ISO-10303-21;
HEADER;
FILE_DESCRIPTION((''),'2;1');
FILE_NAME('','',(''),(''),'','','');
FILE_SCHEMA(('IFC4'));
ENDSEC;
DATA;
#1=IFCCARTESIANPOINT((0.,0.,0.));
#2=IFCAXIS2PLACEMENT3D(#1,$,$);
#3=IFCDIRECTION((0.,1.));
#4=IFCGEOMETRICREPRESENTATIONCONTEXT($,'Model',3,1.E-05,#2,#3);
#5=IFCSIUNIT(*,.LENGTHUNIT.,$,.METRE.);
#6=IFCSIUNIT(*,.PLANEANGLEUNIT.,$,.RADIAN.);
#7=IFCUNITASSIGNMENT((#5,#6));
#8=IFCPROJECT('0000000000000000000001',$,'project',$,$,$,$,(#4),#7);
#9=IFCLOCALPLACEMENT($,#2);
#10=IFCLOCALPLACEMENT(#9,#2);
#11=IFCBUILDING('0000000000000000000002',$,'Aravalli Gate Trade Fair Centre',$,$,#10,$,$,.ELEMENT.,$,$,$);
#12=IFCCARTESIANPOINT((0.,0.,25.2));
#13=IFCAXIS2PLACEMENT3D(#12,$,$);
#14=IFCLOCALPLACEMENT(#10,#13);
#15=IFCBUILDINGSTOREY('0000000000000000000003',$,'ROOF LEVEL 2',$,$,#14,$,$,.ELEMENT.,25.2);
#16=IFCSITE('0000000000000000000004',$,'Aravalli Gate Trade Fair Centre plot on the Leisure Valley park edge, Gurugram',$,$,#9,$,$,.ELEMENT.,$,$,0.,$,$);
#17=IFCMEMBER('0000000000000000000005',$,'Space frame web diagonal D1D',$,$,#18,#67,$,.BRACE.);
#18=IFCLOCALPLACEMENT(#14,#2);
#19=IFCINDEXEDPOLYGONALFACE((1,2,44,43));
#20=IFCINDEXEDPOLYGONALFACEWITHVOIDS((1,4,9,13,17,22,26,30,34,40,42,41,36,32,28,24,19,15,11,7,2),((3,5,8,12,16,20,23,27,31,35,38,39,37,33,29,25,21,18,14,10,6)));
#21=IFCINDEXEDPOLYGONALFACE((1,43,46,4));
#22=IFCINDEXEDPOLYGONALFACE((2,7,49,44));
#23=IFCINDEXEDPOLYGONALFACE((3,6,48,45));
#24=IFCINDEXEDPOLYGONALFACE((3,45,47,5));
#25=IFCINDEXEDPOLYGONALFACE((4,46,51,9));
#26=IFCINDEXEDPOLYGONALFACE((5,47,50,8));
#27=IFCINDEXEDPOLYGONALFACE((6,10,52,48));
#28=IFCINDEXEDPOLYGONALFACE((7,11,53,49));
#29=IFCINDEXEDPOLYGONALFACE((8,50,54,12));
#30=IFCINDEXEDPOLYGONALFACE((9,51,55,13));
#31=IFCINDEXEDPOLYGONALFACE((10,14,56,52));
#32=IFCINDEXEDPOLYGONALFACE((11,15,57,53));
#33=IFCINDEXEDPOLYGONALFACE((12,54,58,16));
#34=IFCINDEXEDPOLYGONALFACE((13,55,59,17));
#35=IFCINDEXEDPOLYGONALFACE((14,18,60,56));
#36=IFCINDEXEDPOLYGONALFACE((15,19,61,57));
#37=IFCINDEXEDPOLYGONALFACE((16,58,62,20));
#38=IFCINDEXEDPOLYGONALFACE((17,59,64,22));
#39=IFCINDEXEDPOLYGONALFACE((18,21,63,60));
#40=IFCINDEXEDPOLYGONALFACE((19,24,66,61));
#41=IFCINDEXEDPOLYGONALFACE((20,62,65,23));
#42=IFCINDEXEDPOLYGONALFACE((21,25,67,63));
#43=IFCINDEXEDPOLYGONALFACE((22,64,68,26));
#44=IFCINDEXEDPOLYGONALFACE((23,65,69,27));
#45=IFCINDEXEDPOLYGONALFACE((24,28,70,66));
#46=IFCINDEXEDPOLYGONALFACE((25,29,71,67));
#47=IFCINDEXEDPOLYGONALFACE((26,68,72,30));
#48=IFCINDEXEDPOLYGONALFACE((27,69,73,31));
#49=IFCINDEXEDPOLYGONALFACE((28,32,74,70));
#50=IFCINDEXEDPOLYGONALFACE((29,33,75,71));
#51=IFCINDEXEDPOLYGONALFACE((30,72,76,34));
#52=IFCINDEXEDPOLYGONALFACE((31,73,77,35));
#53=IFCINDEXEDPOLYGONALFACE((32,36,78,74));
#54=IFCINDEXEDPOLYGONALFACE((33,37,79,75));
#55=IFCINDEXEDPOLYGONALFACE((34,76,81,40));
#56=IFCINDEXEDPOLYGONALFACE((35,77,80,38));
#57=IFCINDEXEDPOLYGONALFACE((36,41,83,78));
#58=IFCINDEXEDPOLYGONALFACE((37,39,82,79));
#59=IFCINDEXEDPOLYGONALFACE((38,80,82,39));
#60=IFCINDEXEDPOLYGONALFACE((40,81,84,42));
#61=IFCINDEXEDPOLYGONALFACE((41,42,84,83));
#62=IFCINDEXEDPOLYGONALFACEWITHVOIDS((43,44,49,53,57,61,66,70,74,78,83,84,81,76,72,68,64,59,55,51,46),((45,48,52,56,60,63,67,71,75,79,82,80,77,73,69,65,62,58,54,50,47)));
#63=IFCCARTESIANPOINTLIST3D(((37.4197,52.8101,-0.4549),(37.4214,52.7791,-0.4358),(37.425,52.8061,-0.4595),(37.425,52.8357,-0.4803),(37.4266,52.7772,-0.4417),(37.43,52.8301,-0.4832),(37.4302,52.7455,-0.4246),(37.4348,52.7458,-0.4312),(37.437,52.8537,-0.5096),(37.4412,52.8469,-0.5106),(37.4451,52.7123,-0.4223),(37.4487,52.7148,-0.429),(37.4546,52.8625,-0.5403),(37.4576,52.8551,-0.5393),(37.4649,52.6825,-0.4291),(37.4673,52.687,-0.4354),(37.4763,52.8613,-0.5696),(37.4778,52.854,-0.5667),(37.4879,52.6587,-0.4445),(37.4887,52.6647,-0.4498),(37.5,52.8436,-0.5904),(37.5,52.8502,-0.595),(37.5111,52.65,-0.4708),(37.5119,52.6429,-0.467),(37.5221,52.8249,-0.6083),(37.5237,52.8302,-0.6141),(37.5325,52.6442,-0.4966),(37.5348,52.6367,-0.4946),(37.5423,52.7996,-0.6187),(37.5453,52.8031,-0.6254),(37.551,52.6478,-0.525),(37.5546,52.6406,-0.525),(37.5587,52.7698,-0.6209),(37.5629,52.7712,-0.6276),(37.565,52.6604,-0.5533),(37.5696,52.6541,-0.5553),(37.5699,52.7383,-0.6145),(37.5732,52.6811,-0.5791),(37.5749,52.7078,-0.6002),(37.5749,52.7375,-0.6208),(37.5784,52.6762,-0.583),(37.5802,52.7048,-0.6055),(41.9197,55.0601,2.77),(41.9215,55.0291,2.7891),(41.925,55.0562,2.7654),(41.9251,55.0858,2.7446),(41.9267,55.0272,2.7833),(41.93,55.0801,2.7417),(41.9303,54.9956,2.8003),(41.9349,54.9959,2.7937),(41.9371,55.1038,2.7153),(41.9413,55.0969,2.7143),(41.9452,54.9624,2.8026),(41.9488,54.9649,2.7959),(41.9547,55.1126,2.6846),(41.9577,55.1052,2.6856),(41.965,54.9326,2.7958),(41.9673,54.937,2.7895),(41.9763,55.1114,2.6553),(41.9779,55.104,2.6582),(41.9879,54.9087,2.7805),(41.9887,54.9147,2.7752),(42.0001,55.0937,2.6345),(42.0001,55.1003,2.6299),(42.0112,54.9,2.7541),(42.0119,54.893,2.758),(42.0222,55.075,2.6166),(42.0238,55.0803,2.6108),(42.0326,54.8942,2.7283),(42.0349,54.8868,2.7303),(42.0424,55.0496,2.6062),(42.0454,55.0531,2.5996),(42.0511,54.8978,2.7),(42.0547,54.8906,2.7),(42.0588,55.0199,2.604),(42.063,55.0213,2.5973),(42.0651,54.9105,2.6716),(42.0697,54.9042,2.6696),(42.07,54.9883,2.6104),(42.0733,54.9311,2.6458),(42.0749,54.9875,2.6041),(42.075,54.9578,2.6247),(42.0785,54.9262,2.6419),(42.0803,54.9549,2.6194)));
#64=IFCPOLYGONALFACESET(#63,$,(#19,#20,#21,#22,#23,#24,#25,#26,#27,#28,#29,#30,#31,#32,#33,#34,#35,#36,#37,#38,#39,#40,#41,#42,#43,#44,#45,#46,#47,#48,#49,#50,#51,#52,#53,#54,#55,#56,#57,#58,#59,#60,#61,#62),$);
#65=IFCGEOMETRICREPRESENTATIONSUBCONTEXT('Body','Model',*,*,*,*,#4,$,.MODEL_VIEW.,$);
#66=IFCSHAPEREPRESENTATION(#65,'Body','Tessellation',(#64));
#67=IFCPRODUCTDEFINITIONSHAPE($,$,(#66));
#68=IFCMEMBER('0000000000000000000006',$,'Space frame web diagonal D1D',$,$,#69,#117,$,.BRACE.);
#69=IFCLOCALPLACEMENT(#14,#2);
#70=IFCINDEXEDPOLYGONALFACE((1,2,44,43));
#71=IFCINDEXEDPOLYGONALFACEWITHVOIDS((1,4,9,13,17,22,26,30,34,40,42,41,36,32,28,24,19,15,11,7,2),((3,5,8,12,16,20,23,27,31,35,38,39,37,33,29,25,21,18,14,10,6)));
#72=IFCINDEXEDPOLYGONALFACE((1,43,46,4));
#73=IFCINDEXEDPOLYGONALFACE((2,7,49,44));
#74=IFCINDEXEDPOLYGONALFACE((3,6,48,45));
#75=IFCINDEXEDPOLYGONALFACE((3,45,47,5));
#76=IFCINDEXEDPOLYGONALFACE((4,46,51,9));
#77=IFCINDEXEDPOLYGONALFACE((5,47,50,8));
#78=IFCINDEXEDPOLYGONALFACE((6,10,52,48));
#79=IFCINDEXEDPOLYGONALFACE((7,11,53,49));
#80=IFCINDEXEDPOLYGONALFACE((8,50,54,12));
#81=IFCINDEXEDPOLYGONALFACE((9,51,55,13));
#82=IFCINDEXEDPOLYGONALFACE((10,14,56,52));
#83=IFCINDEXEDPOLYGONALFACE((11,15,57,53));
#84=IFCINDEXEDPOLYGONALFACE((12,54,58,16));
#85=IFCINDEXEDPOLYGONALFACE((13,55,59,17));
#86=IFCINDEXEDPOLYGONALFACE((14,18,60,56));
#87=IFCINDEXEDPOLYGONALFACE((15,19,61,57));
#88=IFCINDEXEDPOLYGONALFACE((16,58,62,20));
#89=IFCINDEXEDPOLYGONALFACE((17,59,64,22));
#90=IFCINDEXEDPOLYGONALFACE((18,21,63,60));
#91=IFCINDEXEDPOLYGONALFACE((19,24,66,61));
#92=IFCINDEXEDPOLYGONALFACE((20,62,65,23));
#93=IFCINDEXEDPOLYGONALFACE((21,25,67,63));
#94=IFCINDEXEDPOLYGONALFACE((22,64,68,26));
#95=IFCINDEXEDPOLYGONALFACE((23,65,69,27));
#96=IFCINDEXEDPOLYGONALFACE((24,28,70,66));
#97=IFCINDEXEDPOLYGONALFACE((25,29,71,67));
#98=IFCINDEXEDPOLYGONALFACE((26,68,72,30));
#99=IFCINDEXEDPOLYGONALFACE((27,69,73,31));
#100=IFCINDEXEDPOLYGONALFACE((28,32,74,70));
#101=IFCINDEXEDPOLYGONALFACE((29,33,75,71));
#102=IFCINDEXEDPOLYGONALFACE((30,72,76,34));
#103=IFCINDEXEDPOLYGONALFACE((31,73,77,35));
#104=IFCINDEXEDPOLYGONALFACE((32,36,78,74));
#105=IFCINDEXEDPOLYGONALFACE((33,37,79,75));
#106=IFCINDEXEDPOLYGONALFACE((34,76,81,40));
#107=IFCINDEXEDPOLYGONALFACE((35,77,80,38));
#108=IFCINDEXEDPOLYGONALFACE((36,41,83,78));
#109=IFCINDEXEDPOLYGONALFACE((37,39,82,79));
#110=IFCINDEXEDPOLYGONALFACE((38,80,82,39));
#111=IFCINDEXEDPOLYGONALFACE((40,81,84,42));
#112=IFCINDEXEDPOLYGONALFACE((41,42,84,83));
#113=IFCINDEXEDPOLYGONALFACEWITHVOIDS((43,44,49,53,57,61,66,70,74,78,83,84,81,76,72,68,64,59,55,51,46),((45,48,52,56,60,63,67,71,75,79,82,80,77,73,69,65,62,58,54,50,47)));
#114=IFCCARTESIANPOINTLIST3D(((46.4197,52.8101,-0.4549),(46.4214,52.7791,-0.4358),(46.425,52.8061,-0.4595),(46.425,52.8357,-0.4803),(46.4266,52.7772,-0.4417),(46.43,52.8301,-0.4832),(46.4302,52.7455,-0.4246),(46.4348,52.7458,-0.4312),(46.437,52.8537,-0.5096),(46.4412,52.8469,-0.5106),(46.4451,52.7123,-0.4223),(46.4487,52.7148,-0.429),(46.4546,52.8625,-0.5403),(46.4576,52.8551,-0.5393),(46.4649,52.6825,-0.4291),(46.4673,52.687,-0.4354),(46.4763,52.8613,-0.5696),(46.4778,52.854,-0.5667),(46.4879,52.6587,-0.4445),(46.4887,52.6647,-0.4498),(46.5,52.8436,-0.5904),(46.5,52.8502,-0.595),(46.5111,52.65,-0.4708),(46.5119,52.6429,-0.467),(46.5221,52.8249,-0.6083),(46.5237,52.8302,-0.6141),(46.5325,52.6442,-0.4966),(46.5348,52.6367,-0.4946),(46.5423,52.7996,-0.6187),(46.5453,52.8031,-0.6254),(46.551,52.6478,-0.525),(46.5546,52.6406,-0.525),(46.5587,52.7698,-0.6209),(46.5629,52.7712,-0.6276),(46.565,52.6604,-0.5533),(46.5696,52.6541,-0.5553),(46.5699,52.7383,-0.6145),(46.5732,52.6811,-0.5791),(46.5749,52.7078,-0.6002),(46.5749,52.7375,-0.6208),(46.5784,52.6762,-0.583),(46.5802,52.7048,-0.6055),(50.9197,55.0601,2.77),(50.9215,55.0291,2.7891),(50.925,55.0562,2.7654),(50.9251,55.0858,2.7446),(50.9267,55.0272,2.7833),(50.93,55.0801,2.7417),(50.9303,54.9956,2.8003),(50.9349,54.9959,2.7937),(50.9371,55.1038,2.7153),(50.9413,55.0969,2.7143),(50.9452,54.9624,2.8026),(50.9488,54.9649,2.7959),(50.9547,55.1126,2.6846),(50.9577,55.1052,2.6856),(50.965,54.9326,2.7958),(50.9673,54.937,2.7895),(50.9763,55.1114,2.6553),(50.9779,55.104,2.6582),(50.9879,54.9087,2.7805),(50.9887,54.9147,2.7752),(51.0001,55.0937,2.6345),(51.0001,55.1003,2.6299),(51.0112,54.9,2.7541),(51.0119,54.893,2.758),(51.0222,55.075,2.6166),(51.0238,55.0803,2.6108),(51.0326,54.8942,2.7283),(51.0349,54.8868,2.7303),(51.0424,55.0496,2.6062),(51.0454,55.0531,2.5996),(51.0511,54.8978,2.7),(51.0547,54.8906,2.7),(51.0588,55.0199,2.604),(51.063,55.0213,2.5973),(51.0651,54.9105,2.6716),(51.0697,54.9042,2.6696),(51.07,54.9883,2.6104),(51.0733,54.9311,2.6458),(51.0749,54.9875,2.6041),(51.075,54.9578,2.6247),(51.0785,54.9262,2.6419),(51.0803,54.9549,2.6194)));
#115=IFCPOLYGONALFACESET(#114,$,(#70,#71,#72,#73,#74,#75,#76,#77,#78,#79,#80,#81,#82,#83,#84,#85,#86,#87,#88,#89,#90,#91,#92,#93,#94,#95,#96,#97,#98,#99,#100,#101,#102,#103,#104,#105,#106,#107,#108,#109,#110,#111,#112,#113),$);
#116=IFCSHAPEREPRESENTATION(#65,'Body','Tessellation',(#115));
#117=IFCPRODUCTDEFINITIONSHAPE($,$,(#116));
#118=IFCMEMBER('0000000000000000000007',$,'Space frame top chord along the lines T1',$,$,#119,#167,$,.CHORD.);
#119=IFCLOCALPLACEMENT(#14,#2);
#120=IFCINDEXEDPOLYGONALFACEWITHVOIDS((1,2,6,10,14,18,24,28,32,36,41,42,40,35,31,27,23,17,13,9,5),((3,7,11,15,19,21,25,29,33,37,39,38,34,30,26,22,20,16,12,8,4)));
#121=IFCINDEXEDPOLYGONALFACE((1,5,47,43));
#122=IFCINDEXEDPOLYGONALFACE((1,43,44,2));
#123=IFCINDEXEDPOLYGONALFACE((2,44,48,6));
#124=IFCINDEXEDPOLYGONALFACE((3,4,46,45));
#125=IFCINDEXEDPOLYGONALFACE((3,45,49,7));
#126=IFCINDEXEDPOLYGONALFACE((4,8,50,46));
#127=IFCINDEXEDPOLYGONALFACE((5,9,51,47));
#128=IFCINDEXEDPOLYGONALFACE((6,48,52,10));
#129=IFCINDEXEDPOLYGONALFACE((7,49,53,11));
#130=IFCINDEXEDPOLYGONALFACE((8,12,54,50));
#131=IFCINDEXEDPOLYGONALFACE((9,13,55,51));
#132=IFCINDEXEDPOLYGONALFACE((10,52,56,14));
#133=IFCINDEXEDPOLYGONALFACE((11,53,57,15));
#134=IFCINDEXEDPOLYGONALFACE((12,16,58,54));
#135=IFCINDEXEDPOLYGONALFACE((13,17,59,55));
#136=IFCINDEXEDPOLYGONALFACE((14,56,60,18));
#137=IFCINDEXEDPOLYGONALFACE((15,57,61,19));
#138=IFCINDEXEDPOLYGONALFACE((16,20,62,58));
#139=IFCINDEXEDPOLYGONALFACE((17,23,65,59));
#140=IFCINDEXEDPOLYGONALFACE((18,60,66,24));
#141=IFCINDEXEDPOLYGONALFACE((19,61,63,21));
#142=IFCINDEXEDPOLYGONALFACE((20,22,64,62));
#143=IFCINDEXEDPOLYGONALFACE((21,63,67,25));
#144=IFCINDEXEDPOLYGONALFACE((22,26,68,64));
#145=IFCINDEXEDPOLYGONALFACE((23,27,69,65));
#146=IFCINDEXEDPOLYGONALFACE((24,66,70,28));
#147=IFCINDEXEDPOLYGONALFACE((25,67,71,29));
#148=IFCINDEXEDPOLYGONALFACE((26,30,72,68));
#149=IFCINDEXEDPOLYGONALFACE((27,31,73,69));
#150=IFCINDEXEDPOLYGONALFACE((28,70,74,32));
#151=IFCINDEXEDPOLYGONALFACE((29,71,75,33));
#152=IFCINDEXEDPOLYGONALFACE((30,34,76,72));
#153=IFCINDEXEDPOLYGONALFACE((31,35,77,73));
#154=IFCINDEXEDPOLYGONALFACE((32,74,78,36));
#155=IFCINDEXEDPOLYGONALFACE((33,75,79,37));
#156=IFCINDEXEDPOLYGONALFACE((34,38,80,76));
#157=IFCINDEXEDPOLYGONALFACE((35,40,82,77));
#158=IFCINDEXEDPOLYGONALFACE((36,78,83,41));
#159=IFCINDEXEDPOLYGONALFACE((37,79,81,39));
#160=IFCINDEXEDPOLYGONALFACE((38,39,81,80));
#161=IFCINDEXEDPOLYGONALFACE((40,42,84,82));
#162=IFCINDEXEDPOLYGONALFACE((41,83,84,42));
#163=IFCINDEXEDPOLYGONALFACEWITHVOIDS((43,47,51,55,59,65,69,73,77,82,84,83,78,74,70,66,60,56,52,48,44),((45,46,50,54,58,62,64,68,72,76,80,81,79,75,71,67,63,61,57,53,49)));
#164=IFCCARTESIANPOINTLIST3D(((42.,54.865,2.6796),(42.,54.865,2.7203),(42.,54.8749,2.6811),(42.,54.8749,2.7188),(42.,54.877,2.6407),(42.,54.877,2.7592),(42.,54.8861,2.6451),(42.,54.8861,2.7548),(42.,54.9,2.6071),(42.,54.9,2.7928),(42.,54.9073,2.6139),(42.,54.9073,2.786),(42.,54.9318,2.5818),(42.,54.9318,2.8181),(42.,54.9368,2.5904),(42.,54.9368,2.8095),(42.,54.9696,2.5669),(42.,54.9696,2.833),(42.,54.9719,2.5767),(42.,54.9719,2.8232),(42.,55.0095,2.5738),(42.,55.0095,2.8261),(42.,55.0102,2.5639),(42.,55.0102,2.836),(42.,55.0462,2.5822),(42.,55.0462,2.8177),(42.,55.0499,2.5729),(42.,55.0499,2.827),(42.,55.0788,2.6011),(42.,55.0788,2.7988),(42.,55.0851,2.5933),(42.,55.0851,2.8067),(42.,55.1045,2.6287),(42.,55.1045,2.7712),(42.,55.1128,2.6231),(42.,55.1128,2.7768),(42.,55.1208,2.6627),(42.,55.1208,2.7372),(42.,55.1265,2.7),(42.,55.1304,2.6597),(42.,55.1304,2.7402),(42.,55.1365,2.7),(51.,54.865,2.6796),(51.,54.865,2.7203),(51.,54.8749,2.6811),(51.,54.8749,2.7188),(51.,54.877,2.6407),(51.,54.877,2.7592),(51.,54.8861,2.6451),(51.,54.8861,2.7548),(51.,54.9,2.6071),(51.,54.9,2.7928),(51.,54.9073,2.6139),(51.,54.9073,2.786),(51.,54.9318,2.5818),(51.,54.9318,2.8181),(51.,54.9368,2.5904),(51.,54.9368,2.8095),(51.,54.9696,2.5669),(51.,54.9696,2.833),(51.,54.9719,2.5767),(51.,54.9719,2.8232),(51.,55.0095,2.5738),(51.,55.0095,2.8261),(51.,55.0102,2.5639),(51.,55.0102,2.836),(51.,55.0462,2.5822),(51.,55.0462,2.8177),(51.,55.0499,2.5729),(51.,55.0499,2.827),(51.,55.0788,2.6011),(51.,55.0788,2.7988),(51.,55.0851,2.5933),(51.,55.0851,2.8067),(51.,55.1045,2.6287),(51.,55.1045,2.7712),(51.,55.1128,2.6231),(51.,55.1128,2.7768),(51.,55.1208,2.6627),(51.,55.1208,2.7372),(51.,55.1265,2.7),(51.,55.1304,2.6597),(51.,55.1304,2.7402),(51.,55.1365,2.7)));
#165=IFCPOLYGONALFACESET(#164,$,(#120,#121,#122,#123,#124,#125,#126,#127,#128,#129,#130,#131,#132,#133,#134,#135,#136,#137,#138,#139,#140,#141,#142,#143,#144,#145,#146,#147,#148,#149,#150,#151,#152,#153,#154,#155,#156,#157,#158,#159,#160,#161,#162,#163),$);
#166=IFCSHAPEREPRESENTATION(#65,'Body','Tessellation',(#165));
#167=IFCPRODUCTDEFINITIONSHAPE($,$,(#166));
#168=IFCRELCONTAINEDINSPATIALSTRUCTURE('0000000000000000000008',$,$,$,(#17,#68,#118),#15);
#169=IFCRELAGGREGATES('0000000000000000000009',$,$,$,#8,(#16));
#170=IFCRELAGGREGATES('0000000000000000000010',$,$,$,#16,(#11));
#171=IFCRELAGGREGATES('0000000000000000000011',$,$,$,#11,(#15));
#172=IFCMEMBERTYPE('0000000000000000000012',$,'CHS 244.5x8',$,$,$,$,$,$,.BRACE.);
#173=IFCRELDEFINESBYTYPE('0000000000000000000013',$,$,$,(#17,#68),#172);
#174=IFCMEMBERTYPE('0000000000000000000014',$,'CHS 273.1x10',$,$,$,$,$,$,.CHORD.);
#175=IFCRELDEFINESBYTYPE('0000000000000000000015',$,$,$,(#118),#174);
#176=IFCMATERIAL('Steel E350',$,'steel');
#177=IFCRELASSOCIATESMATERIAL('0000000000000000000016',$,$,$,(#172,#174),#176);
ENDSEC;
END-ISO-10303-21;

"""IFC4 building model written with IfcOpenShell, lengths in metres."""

from ifc_helpers import new_model, si_unit, direction, frame, origin, origin_2d, place, context, subcontext, project, spatial, hollow_circle, extrude, material, material_profile, profile_set, type_object, element, save


model = new_model("IFC4")

# Units and contexts
model_context = context("Model", 3, precision=1e-05, world=origin(), true_north=direction((0.0, 1.0)))
body_context = subcontext(model_context, "Body", "Model", "MODEL_VIEW")
ifc_project = project(units=[si_unit("LENGTHUNIT", "METRE"), si_unit("PLANEANGLEUNIT", "RADIAN")], contexts=[model_context])

# Site, building, storey
site_placement = place(None, origin())
site = spatial("IfcSite", under=ifc_project, at=site_placement, Name="Aravalli Gate Trade Fair Centre plot on the Leisure Valley park edge, Gurugram", CompositionType="ELEMENT", RefElevation=0.0)
building_placement = place(site_placement, origin())
building = spatial("IfcBuilding", under=site, at=building_placement, Name="Aravalli Gate Trade Fair Centre", CompositionType="ELEMENT")
storey_placement = place(building_placement, frame((0.0, 0.0, 25.2)))
storey = spatial("IfcBuildingStorey", under=building, at=storey_placement, Name="ROOF LEVEL 2", CompositionType="ELEMENT", Elevation=25.2)

# Members
ifc_material = material(Name="Steel E350", Category="steel")
ifc_material_profile_1 = material_profile(ifc_material, hollow_circle(Radius=0.1223, WallThickness=0.0081, at=origin_2d()), Name="CHS 244.5x8")
ifc_profile_set_1 = profile_set([ifc_material_profile_1], Name="Steel E350")
member_type_1 = type_object("IfcMemberType", Name="CHS 244.5x8", PredefinedType="BRACE", material=ifc_profile_set_1)
for number, where, z_axis, x_axis, name in (
    (1, (42.0, 55.0, 2.7), (-0.753016, -0.376508, -0.539637), (0.447214, -0.894427, 0.0), "Space frame web diagonal D1D"),
    (2, (51.0, 55.0, 2.7), (-0.753016, -0.376508, -0.539637), (0.447214, -0.894427, 0.0), "Space frame web diagonal D1D"),
):
    element("IfcMember", number, at=place(storey_placement, frame(where, z_axis=z_axis, x_axis=x_axis)), inside=storey, type_object=member_type_1, Name=name, PredefinedType="BRACE", context=body_context, shape_type="SweptSolid", body=[
        extrude(hollow_circle(Radius=0.1223, WallThickness=0.0081, at=origin_2d()), origin(), (0.0, 0.0, 1.0), 5.9761),
    ])
ifc_material_profile_2 = material_profile(ifc_material, hollow_circle(Radius=0.1365, WallThickness=0.01, at=origin_2d()), Name="CHS 273.1x10")
ifc_profile_set_2 = profile_set([ifc_material_profile_2], Name="Steel E350")
member_type_2 = type_object("IfcMemberType", Name="CHS 273.1x10", PredefinedType="CHORD", material=ifc_profile_set_2)
for number, where, z_axis, x_axis, name in (
    (3, (42.0, 55.0, 2.7), (1.0, 0.0, 0.0), (0.0, 1.0, 0.0), "Space frame top chord along the lines T1"),
):
    element("IfcMember", number, at=place(storey_placement, frame(where, z_axis=z_axis, x_axis=x_axis)), inside=storey, type_object=member_type_2, Name=name, PredefinedType="CHORD", context=body_context, shape_type="SweptSolid", body=[
        extrude(hollow_circle(Radius=0.1365, WallThickness=0.01, at=origin_2d()), origin(), (0.0, 0.0, 1.0), 9.0),
    ])

save(model, "model.ifc")
